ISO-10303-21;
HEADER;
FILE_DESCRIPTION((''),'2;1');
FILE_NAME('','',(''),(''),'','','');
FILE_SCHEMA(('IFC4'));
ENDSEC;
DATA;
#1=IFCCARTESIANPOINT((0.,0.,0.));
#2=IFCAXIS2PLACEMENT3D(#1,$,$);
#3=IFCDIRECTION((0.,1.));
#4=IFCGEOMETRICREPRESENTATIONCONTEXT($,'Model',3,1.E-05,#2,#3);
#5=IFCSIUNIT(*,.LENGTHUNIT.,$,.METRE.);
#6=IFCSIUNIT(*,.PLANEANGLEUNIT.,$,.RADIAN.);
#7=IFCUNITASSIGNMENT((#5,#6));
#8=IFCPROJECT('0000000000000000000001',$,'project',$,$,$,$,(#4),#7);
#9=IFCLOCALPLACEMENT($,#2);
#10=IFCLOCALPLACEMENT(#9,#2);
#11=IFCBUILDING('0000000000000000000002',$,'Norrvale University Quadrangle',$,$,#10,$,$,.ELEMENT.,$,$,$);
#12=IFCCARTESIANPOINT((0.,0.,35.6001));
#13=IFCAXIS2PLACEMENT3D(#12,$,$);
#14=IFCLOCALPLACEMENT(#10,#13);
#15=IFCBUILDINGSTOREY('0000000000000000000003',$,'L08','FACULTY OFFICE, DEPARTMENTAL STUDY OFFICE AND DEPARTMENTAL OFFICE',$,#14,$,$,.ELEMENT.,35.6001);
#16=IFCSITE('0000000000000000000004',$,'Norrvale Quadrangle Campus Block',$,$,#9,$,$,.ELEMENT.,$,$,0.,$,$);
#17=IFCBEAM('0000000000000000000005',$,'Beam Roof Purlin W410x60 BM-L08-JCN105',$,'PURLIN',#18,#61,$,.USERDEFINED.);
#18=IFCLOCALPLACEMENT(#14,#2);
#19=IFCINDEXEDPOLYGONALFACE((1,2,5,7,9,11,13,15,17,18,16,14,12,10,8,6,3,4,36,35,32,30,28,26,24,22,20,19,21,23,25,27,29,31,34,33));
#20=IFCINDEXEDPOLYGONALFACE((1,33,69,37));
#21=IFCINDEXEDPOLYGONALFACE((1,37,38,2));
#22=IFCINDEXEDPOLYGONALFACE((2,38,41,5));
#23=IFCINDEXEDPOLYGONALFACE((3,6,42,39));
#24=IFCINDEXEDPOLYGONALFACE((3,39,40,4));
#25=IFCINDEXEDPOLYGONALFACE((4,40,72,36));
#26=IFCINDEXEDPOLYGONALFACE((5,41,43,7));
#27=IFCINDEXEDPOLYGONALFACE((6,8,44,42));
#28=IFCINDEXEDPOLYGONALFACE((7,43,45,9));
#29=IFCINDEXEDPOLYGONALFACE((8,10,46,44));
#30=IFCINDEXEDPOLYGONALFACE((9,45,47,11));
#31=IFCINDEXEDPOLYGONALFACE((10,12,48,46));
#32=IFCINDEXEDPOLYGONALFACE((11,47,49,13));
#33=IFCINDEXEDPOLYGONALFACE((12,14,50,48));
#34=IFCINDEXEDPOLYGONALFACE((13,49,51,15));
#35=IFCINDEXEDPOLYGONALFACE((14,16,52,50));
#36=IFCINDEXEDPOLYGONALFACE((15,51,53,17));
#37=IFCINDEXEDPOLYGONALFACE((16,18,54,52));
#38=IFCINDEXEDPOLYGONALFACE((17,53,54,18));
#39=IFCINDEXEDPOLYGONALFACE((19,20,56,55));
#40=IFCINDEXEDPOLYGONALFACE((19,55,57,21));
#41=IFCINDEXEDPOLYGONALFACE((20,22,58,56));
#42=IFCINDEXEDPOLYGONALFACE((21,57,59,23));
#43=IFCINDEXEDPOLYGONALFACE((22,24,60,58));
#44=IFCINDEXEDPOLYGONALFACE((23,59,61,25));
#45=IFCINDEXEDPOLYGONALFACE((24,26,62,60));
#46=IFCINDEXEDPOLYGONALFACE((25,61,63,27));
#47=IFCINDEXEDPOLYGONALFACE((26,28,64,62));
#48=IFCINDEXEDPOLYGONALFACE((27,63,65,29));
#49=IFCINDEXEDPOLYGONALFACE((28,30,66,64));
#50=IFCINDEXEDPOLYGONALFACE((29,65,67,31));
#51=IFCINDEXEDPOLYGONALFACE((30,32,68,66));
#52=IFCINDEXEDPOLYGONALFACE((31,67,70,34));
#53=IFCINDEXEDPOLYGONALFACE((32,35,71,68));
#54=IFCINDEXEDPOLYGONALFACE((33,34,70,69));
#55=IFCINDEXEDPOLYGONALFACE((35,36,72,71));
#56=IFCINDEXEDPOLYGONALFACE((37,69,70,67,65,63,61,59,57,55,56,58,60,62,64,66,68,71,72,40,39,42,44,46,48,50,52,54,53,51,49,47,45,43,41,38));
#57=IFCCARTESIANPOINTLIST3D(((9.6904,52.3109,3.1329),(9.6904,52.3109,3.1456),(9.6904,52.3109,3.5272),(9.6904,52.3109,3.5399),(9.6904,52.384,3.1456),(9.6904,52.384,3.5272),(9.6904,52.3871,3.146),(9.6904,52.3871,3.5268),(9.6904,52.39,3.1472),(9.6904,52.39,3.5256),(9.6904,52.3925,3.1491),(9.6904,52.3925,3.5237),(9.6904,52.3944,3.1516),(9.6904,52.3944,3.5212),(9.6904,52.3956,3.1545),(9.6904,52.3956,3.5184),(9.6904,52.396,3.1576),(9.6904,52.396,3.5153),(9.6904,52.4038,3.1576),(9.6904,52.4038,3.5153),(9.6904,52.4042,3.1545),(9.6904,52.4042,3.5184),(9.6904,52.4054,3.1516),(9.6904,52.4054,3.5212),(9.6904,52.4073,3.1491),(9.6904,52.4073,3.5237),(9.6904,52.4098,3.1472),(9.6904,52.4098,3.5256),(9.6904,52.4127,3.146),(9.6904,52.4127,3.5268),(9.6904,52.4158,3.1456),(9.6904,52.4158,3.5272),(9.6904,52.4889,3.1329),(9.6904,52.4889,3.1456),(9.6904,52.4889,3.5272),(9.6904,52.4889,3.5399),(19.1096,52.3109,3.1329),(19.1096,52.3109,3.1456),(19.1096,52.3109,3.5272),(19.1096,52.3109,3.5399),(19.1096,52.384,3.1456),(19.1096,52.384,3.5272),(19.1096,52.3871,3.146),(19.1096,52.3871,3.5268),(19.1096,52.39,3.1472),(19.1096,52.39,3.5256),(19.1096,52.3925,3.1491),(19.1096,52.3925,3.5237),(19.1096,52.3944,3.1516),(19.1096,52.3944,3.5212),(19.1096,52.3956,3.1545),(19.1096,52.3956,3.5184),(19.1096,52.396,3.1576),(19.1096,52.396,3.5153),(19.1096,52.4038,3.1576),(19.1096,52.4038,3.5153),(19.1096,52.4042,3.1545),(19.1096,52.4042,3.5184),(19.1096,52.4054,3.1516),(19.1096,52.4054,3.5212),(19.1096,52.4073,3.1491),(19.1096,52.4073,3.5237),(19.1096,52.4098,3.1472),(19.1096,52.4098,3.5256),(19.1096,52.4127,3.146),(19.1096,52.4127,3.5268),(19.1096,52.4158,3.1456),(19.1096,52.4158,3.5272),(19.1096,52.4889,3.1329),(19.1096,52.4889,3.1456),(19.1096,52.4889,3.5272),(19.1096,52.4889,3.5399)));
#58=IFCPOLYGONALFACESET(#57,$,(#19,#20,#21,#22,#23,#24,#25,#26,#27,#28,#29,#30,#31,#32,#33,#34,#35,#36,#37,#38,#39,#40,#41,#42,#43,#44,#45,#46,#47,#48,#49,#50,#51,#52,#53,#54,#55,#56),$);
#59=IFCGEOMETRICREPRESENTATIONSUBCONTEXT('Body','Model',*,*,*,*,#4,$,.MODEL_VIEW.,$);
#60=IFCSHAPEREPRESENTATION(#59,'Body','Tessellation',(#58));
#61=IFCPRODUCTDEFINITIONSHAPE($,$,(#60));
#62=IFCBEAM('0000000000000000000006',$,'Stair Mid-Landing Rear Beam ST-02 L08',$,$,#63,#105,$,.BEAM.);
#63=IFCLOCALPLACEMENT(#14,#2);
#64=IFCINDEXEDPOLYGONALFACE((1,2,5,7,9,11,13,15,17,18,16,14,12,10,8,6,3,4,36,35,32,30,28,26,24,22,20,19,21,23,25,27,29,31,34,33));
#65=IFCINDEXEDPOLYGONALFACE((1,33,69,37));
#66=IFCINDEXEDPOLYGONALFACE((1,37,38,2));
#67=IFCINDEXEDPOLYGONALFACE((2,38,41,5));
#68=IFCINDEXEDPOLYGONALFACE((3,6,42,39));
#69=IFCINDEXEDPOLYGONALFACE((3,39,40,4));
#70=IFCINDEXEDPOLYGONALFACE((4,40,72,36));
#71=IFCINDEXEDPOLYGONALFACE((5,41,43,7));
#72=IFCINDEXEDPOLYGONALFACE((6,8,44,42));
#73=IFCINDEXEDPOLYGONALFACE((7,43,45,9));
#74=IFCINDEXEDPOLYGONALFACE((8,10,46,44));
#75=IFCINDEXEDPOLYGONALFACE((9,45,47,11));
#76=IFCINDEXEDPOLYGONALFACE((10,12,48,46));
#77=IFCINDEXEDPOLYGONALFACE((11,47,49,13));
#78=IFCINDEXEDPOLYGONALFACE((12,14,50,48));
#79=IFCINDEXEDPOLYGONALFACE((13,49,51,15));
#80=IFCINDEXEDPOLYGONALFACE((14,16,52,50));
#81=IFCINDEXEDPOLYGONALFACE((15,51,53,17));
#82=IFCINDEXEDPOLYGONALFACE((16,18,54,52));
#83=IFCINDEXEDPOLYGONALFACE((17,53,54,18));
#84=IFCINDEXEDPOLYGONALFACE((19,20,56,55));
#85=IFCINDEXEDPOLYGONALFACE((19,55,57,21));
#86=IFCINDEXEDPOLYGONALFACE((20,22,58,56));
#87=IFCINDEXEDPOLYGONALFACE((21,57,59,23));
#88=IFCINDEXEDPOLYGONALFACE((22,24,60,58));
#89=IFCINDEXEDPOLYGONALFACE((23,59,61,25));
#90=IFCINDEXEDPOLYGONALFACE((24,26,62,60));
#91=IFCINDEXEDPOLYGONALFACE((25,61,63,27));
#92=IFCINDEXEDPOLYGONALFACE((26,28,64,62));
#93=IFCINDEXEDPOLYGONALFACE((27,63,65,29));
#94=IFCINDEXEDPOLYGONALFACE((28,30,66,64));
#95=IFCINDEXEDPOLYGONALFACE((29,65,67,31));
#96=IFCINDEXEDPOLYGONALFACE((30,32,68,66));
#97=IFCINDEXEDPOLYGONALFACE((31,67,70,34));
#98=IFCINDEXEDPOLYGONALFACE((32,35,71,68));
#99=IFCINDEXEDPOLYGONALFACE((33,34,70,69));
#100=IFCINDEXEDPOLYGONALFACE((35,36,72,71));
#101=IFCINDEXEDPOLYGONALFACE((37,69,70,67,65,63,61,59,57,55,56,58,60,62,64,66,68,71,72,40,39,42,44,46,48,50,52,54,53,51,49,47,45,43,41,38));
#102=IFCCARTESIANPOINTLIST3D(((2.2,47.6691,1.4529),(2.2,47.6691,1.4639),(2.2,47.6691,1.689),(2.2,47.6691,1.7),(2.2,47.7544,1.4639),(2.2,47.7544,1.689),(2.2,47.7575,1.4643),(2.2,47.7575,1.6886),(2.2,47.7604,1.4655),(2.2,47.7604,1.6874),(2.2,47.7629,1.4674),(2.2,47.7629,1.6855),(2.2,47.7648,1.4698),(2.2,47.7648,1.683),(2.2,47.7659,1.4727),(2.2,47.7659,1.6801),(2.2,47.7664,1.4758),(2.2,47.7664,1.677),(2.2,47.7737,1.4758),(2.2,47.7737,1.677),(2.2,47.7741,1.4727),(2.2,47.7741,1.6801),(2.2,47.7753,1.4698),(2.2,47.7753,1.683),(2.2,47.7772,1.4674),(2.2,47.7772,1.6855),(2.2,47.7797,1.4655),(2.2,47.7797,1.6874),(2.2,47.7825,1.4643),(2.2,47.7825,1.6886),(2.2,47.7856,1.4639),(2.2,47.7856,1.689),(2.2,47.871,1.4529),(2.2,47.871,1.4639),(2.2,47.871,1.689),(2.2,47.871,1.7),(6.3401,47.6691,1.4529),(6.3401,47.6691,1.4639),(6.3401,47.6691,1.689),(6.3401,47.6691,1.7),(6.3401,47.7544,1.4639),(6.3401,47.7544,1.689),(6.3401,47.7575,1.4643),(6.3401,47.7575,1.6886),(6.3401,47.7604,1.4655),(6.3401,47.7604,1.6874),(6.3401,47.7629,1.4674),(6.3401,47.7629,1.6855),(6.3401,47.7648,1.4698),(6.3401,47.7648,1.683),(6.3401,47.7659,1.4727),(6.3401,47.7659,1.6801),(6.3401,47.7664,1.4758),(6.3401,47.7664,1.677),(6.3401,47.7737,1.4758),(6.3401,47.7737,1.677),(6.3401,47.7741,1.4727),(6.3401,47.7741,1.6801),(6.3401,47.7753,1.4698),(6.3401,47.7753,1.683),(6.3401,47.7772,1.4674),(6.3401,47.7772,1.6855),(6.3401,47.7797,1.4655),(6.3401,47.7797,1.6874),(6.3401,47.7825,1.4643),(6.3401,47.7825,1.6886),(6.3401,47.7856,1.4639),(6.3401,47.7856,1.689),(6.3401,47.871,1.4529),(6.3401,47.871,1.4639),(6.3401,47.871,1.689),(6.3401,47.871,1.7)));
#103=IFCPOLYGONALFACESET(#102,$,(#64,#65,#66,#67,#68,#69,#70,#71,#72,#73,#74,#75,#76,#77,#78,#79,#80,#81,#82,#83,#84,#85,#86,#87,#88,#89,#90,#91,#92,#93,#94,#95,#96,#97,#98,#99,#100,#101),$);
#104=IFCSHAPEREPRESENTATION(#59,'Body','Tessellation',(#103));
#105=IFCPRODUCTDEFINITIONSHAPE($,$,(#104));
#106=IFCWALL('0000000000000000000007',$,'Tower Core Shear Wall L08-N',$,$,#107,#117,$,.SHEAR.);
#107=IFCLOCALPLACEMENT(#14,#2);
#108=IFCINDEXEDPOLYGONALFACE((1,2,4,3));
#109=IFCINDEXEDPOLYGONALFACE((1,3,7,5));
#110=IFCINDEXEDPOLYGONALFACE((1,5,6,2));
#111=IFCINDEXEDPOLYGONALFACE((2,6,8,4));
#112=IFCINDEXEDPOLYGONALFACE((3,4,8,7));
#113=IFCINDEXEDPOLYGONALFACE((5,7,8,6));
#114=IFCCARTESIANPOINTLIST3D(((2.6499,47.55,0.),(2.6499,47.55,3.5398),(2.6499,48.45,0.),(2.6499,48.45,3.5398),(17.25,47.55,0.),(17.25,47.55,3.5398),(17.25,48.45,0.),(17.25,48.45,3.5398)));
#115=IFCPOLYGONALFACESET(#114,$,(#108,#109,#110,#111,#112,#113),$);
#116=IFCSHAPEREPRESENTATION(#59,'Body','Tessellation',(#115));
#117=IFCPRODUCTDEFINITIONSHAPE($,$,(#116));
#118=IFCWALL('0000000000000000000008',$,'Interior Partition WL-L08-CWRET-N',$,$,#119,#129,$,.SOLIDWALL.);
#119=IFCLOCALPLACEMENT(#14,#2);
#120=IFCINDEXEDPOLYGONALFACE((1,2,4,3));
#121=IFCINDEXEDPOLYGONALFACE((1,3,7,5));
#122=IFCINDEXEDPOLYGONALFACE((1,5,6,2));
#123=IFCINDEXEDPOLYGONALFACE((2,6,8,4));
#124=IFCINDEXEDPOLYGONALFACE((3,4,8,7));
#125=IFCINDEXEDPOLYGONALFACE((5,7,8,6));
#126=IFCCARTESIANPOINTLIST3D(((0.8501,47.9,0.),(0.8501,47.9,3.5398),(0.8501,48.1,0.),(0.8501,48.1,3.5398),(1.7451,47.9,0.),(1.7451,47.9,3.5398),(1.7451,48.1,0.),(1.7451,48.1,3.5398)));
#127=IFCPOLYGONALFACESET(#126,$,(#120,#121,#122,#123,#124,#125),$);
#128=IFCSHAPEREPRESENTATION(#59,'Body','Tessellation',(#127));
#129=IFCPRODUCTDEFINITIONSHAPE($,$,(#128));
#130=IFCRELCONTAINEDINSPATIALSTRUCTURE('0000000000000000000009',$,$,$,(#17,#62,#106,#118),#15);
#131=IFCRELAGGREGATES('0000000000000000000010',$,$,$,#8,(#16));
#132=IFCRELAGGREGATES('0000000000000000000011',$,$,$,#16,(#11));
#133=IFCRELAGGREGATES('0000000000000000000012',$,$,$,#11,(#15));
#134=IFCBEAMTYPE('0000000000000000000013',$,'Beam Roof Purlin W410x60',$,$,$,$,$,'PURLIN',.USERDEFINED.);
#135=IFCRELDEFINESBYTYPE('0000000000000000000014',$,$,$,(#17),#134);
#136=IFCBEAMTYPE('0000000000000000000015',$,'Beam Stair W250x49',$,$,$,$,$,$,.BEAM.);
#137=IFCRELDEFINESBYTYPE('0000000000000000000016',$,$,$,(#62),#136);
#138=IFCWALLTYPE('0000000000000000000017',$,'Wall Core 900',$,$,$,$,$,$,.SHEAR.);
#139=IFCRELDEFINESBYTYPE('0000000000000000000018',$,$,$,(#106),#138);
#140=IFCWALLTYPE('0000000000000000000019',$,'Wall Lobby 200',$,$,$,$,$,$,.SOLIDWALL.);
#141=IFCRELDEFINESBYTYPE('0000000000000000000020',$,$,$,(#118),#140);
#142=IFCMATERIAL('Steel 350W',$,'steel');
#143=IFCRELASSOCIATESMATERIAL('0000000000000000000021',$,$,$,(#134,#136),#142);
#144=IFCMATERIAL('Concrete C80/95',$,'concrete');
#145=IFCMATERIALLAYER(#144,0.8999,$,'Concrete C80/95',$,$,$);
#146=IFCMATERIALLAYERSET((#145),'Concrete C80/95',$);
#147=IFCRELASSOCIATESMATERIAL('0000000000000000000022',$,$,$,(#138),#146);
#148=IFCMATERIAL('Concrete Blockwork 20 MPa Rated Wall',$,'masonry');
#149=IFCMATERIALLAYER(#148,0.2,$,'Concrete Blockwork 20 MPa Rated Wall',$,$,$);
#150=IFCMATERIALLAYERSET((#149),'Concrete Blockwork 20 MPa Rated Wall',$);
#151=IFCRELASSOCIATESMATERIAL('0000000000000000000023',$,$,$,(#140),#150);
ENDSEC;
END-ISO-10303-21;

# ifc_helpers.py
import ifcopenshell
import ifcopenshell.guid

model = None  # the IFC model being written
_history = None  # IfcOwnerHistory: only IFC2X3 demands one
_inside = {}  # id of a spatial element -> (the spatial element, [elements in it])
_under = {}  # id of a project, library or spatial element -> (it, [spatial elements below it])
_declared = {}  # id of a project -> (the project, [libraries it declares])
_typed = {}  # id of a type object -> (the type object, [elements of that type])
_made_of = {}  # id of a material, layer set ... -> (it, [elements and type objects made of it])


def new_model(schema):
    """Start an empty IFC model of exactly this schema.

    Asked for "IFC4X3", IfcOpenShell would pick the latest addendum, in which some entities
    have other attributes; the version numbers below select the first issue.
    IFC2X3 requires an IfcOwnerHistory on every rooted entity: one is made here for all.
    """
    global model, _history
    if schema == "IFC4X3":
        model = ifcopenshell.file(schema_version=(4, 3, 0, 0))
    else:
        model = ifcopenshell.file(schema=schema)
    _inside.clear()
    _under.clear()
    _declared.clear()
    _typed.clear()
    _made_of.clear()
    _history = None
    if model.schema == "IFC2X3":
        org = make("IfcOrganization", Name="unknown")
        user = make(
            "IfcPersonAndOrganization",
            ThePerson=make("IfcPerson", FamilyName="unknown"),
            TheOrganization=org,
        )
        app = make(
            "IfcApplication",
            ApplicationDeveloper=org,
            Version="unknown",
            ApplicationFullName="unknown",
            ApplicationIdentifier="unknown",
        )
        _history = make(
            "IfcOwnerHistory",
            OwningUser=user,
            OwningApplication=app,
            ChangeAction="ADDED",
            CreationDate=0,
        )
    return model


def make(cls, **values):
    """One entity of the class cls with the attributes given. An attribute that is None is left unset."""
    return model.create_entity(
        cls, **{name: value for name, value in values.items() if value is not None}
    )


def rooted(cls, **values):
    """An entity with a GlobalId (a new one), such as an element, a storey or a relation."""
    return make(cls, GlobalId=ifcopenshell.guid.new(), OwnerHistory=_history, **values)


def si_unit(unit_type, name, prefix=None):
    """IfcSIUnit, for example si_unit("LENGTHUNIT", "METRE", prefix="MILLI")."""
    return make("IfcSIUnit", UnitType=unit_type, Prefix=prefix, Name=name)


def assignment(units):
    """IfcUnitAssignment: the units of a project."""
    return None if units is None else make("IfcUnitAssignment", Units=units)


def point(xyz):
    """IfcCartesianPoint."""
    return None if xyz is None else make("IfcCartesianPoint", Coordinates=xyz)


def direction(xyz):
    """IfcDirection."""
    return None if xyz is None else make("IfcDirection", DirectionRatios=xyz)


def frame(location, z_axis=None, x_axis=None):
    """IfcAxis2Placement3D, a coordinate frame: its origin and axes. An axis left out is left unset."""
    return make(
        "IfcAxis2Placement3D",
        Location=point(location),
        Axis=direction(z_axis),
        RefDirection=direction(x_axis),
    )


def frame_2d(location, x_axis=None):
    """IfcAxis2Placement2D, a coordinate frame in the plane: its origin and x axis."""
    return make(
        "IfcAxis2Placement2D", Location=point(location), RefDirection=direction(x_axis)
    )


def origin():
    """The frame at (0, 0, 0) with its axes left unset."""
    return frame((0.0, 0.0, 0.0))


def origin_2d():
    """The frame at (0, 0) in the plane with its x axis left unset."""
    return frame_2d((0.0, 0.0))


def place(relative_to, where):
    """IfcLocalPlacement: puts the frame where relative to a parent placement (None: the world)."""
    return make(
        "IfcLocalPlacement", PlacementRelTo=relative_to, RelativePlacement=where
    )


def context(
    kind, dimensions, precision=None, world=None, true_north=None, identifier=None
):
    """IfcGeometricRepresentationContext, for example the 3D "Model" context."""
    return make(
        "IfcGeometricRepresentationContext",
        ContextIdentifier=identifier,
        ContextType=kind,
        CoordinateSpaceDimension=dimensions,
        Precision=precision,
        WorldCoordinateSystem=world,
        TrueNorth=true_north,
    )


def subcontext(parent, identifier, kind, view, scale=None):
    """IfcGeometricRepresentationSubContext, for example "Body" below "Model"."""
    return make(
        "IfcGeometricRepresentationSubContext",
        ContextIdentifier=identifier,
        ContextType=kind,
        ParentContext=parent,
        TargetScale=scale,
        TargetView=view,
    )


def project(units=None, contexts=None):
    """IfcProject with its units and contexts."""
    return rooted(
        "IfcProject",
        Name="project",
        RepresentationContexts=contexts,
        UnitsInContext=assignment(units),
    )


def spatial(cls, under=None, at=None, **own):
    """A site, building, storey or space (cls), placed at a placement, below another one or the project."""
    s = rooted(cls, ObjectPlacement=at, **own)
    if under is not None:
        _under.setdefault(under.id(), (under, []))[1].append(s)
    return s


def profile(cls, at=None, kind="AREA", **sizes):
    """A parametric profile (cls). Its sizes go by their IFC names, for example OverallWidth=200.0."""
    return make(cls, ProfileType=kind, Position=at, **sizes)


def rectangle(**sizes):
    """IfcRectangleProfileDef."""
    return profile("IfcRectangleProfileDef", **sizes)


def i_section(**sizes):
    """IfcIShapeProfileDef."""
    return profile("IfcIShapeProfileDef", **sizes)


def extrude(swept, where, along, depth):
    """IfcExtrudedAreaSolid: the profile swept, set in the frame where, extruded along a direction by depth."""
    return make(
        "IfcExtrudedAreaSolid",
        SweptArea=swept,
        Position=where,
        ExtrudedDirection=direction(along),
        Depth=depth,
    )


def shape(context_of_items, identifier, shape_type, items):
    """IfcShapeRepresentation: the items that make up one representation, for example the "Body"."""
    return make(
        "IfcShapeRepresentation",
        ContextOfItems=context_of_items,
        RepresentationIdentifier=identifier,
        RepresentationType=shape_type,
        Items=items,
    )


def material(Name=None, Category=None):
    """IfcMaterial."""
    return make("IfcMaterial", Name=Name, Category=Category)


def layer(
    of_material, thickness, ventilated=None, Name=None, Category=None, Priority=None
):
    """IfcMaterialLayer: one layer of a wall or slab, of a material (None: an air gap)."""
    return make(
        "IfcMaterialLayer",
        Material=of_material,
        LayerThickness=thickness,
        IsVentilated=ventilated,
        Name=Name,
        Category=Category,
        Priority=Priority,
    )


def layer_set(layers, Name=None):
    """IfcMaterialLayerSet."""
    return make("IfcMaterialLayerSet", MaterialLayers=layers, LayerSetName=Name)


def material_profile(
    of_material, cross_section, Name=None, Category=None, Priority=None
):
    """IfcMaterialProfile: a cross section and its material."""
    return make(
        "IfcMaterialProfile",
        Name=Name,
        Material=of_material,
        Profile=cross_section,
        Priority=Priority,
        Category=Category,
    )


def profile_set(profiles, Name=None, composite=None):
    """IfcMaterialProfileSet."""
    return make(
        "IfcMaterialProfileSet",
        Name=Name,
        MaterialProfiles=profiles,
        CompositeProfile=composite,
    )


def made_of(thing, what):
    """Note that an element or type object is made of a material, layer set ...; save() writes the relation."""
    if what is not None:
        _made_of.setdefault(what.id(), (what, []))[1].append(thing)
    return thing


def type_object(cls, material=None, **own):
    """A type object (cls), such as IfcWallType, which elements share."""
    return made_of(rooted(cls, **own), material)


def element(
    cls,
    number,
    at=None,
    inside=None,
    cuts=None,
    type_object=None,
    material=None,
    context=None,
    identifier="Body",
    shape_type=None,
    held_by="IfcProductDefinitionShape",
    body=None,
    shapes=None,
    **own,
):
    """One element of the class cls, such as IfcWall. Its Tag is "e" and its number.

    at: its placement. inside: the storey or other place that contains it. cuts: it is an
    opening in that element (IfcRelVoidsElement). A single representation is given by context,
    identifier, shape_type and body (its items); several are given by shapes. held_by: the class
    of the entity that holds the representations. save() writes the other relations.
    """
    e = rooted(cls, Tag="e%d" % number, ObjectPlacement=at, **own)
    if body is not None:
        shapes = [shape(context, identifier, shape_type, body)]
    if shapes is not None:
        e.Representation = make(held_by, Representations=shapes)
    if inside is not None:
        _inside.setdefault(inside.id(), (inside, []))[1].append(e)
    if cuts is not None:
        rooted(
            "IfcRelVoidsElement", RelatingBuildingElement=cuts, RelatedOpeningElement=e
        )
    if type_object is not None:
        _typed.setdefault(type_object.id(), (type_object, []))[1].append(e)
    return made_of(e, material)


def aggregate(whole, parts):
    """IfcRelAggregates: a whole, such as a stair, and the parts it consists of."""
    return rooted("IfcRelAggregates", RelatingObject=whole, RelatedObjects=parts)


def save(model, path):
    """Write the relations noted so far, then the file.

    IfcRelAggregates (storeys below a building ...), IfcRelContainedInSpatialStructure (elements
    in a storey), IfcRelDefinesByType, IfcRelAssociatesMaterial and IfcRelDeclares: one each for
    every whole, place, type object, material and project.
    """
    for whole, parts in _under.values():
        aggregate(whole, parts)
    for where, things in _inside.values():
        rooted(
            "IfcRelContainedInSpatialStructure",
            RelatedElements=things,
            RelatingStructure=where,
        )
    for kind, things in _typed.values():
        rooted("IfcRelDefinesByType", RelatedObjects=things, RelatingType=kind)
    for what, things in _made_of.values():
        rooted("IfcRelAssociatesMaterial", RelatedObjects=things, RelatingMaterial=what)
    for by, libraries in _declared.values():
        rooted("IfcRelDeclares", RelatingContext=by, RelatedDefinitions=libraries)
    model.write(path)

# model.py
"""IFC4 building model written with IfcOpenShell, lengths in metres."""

from ifc_helpers import new_model, si_unit, direction, frame, frame_2d, origin, origin_2d, place, context, subcontext, project, spatial, rectangle, i_section, extrude, material, layer, layer_set, material_profile, profile_set, type_object, element, save


model = new_model("IFC4")

# Units and contexts
model_context = context("Model", 3, precision=1e-05, world=origin(), true_north=direction((0.0, 1.0)))
body_context = subcontext(model_context, "Body", "Model", "MODEL_VIEW")
ifc_project = project(units=[si_unit("LENGTHUNIT", "METRE"), si_unit("PLANEANGLEUNIT", "RADIAN")], contexts=[model_context])

# Site, building, storey
site_placement = place(None, origin())
site = spatial("IfcSite", under=ifc_project, at=site_placement, Name="Norrvale Quadrangle Campus Block", CompositionType="ELEMENT", RefElevation=0.0)
building_placement = place(site_placement, origin())
building = spatial("IfcBuilding", under=site, at=building_placement, Name="Norrvale University Quadrangle", CompositionType="ELEMENT")
storey_placement = place(building_placement, frame((0.0, 0.0, 35.6001)))
storey = spatial("IfcBuildingStorey", under=building, at=storey_placement, Name="L08", Description="FACULTY OFFICE, DEPARTMENTAL STUDY OFFICE AND DEPARTMENTAL OFFICE", CompositionType="ELEMENT", Elevation=35.6001)

# Shared definitions
ifc_material_1 = material(Name="Concrete C80/95", Category="concrete")

# Beams
ifc_material_2 = material(Name="Steel 350W", Category="steel")
ifc_material_profile_1 = material_profile(ifc_material_2, i_section(OverallWidth=0.178, OverallDepth=0.407, WebThickness=0.0078, FlangeThickness=0.0127, FilletRadius=0.012, at=origin_2d()), Name="Steel 350W")
ifc_profile_set_1 = profile_set([ifc_material_profile_1], Name="Steel 350W")
beam_type_1 = type_object("IfcBeamType", Name="Beam Roof Purlin W410x60", ElementType="PURLIN", PredefinedType="USERDEFINED", material=ifc_profile_set_1)
beam_1_placement = place(storey_placement, frame((9.6904, 52.3999, 3.3364), z_axis=(1.0, 0.0, 0.0), x_axis=(0.0, 1.0, 0.0)))
element("IfcBeam", 1, at=beam_1_placement, inside=storey, type_object=beam_type_1, Name="Beam Roof Purlin W410x60 BM-L08-JCN105", ObjectType="PURLIN", PredefinedType="USERDEFINED", context=body_context, shape_type="SweptSolid", body=[
    extrude(i_section(OverallWidth=0.178, OverallDepth=0.407, WebThickness=0.0078, FlangeThickness=0.0127, FilletRadius=0.012, at=origin_2d()), origin(), (0.0, 0.0, 1.0), 9.4192),
])
ifc_material_profile_2 = material_profile(ifc_material_2, i_section(OverallWidth=0.2019, OverallDepth=0.2471, WebThickness=0.0073, FlangeThickness=0.011, FilletRadius=0.012, at=origin_2d()), Name="Steel 350W")
ifc_profile_set_2 = profile_set([ifc_material_profile_2], Name="Steel 350W")
beam_type_2 = type_object("IfcBeamType", Name="Beam Stair W250x49", PredefinedType="BEAM", material=ifc_profile_set_2)
beam_2_placement = place(storey_placement, frame((2.2, 47.77, 1.5764), z_axis=(1.0, 0.0, 0.0), x_axis=(0.0, 1.0, 0.0)))
element("IfcBeam", 2, at=beam_2_placement, inside=storey, type_object=beam_type_2, Name="Stair Mid-Landing Rear Beam ST-02 L08", PredefinedType="BEAM", context=body_context, shape_type="SweptSolid", body=[
    extrude(i_section(OverallWidth=0.2019, OverallDepth=0.2471, WebThickness=0.0073, FlangeThickness=0.011, FilletRadius=0.012, at=origin_2d()), origin(), (0.0, 0.0, 1.0), 4.1401),
])

# Wall
ifc_layer_1 = layer(ifc_material_1, 0.8999, Name="Concrete C80/95")
ifc_layer_set_1 = layer_set([ifc_layer_1], Name="Concrete C80/95")
wall_type_1 = type_object("IfcWallType", Name="Wall Core 900", PredefinedType="SHEAR", material=ifc_layer_set_1)
wall_1_placement = place(storey_placement, frame((2.6499, 48.0, 0.0), z_axis=(0.0, 0.0, 1.0), x_axis=(1.0, 0.0, 0.0)))
element("IfcWall", 3, at=wall_1_placement, inside=storey, type_object=wall_type_1, Name="Tower Core Shear Wall L08-N", PredefinedType="SHEAR", context=body_context, shape_type="SweptSolid", body=[
    extrude(rectangle(XDim=14.6001, YDim=0.8999, at=frame_2d((7.3, 0.0))), origin(), (0.0, 0.0, 1.0), 3.5398),
])

# Wall
ifc_material_3 = material(Name="Concrete Blockwork 20 MPa Rated Wall", Category="masonry")
ifc_layer_2 = layer(ifc_material_3, 0.2, Name="Concrete Blockwork 20 MPa Rated Wall")
ifc_layer_set_2 = layer_set([ifc_layer_2], Name="Concrete Blockwork 20 MPa Rated Wall")
wall_type_2 = type_object("IfcWallType", Name="Wall Lobby 200", PredefinedType="SOLIDWALL", material=ifc_layer_set_2)
wall_2_placement = place(storey_placement, frame((0.8501, 48.0, 0.0), z_axis=(0.0, 0.0, 1.0), x_axis=(1.0, 0.0, 0.0)))
element("IfcWall", 4, at=wall_2_placement, inside=storey, type_object=wall_type_2, Name="Interior Partition WL-L08-CWRET-N", PredefinedType="SOLIDWALL", context=body_context, shape_type="SweptSolid", body=[
    extrude(rectangle(XDim=0.895, YDim=0.2, at=frame_2d((0.4475, 0.0))), origin(), (0.0, 0.0, 1.0), 3.5398),
])

save(model, "model.ifc")
